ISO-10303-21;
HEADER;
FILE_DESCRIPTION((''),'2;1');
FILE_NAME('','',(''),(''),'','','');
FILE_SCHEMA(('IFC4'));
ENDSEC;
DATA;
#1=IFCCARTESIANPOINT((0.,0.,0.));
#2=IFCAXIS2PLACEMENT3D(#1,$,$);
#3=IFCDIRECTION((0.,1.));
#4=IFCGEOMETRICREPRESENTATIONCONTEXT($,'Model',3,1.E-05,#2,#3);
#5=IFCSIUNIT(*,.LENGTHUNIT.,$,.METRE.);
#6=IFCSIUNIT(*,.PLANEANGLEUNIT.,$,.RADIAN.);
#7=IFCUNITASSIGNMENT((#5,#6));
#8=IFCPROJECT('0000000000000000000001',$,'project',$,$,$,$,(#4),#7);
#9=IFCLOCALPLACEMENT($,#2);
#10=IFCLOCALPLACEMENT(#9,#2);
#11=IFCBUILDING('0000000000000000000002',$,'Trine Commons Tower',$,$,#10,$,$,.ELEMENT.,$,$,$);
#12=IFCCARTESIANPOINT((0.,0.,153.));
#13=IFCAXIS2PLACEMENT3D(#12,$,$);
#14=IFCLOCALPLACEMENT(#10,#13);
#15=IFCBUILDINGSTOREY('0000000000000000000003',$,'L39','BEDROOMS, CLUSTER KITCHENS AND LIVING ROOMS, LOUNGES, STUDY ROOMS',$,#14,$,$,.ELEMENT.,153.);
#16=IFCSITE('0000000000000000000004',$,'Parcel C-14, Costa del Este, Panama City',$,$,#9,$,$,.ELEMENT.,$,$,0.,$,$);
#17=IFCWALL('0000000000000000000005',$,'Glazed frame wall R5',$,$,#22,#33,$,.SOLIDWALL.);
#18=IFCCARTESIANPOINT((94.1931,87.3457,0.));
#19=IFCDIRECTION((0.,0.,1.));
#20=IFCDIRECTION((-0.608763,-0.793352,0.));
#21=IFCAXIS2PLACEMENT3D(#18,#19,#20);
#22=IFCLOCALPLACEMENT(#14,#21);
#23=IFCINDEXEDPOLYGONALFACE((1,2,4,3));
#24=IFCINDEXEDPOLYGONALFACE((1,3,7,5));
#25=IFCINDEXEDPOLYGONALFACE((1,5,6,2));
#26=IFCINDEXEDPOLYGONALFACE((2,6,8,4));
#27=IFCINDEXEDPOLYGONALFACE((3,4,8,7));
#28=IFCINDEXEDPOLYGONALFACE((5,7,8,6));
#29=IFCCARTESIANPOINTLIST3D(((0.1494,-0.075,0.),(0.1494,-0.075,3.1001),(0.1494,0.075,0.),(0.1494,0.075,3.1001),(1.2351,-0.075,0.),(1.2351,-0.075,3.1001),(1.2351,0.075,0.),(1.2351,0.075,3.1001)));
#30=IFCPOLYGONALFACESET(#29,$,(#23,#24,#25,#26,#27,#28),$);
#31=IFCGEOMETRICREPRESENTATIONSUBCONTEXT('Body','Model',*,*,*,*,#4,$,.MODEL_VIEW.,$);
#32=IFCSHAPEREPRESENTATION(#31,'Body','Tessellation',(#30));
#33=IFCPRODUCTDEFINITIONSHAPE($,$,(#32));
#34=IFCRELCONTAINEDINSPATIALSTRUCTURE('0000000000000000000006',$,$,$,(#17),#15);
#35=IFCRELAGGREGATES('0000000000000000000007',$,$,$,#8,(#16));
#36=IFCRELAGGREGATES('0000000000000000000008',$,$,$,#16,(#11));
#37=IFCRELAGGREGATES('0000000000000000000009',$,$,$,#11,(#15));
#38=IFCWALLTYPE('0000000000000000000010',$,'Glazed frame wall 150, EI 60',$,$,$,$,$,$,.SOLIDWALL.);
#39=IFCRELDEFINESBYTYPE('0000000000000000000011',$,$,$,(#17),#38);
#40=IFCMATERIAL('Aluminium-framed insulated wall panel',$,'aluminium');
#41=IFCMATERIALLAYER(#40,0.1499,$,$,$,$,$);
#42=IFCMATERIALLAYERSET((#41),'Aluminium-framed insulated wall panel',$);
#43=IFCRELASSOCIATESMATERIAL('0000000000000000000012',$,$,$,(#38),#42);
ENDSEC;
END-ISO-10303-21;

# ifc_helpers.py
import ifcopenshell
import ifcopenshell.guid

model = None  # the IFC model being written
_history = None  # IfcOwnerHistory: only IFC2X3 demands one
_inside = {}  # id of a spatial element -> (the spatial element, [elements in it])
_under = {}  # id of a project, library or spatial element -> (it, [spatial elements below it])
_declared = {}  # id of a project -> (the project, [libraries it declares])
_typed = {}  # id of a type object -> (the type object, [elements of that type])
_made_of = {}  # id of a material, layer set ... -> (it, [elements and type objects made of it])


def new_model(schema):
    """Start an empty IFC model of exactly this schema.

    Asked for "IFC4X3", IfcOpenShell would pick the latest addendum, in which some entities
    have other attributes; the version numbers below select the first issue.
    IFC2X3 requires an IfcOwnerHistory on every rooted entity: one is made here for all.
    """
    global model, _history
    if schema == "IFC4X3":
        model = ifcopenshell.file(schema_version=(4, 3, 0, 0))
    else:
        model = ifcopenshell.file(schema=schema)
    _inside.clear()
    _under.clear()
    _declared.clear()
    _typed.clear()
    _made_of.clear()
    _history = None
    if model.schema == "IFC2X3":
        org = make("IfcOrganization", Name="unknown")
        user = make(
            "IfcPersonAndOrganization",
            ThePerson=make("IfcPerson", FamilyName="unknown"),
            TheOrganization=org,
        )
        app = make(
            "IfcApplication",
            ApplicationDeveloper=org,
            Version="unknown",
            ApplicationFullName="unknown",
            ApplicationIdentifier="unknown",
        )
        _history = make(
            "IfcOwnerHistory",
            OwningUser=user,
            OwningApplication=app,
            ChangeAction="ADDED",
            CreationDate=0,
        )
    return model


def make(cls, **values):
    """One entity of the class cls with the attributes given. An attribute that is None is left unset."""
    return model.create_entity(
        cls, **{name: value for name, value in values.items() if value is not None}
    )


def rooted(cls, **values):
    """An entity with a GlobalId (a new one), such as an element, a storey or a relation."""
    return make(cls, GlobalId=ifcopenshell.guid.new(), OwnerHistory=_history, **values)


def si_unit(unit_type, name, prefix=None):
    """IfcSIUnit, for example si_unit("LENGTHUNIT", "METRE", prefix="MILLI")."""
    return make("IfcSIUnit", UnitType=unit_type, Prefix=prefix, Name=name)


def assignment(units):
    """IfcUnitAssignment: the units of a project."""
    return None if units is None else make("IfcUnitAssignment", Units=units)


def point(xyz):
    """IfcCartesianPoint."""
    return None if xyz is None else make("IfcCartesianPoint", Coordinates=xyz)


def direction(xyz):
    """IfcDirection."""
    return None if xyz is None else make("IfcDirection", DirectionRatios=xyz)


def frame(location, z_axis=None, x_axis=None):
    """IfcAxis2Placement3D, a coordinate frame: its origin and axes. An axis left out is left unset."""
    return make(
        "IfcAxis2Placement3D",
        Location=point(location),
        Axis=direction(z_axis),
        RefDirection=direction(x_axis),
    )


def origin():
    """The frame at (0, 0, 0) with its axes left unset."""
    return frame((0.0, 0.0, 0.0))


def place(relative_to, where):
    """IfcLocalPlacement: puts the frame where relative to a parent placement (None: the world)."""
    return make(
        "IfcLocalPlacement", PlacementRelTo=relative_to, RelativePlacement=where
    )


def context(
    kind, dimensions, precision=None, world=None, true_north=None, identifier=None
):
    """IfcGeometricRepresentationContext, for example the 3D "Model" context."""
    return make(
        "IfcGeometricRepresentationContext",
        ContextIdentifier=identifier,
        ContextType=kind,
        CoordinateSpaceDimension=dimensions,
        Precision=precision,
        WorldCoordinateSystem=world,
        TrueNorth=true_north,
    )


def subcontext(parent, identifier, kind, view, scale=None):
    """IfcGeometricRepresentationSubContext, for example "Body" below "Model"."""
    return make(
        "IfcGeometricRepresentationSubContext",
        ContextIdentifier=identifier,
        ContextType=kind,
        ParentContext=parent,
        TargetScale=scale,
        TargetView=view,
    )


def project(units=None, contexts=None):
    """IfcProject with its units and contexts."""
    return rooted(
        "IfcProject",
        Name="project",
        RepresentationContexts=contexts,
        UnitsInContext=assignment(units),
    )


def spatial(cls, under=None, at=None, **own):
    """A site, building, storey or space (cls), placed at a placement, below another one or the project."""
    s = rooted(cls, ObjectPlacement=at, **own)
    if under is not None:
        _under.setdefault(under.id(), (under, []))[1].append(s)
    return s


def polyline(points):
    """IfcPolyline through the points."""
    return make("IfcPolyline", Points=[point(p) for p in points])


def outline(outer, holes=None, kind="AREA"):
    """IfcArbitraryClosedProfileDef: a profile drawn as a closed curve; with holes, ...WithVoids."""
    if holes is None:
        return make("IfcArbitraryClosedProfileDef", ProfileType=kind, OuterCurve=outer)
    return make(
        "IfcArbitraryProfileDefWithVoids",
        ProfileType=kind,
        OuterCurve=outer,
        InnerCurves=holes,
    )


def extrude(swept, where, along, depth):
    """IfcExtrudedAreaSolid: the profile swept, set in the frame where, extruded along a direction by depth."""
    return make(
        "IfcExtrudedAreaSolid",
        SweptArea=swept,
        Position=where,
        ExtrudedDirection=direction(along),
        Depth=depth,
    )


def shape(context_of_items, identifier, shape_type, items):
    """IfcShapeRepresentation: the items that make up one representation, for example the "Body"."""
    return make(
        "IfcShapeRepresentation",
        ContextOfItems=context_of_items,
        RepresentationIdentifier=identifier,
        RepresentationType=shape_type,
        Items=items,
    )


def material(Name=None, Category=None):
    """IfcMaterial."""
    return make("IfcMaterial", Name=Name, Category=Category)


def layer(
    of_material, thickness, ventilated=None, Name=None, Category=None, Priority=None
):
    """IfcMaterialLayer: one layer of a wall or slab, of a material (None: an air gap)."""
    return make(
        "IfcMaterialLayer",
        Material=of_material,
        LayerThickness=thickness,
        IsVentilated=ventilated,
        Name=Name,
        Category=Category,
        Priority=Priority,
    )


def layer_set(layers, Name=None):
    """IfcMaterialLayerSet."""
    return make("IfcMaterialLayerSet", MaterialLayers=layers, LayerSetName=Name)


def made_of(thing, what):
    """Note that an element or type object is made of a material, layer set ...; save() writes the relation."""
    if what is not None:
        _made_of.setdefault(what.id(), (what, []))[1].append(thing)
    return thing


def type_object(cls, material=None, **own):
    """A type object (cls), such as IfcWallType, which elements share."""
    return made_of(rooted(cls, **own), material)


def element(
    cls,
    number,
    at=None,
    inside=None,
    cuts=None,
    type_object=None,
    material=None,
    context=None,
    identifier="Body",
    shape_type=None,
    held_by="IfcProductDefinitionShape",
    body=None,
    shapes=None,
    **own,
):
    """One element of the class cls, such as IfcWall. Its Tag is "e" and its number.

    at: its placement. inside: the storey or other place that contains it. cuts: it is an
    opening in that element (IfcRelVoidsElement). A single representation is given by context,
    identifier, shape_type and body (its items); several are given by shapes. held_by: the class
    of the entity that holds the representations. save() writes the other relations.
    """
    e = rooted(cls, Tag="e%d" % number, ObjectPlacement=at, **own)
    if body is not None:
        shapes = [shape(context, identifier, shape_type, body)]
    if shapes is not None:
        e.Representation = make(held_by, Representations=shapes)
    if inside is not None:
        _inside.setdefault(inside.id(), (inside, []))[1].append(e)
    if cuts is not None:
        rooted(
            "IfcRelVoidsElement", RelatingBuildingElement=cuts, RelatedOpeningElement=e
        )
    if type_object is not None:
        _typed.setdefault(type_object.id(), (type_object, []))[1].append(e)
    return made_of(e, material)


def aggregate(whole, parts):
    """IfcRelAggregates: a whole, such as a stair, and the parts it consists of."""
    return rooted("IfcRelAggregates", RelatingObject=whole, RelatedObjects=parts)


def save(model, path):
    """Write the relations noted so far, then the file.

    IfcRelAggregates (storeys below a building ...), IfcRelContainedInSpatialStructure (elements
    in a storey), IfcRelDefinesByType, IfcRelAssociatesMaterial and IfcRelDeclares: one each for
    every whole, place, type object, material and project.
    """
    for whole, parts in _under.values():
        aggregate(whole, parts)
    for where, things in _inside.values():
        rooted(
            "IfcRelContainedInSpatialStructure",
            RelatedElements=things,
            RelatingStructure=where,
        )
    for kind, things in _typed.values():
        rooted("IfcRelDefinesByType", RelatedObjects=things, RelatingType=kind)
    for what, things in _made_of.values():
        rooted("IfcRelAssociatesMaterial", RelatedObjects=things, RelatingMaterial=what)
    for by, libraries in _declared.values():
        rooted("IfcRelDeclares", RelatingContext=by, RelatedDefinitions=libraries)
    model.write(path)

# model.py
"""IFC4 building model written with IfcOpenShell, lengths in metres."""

from ifc_helpers import new_model, si_unit, direction, frame, origin, place, context, subcontext, project, spatial, polyline, outline, extrude, material, layer, layer_set, type_object, element, save


model = new_model("IFC4")

# Units and contexts
model_context = context("Model", 3, precision=1e-05, world=origin(), true_north=direction((0.0, 1.0)))
body_context = subcontext(model_context, "Body", "Model", "MODEL_VIEW")
ifc_project = project(units=[si_unit("LENGTHUNIT", "METRE"), si_unit("PLANEANGLEUNIT", "RADIAN")], contexts=[model_context])

# Site, building, storey
site_placement = place(None, origin())
site = spatial("IfcSite", under=ifc_project, at=site_placement, Name="Parcel C-14, Costa del Este, Panama City", CompositionType="ELEMENT", RefElevation=0.0)
building_placement = place(site_placement, origin())
building = spatial("IfcBuilding", under=site, at=building_placement, Name="Trine Commons Tower", CompositionType="ELEMENT")
storey_placement = place(building_placement, frame((0.0, 0.0, 153.0)))
storey = spatial("IfcBuildingStorey", under=building, at=storey_placement, Name="L39", Description="BEDROOMS, CLUSTER KITCHENS AND LIVING ROOMS, LOUNGES, STUDY ROOMS", CompositionType="ELEMENT", Elevation=153.0)

# Wall
ifc_material_1 = material(Name="Aluminium-framed insulated wall panel", Category="aluminium")
ifc_layer_1 = layer(ifc_material_1, 0.1499)
ifc_layer_set_1 = layer_set([ifc_layer_1], Name="Aluminium-framed insulated wall panel")
wall_type_1 = type_object("IfcWallType", Name="Glazed frame wall 150, EI 60", PredefinedType="SOLIDWALL", material=ifc_layer_set_1)
wall_1_placement = place(storey_placement, frame((94.1931, 87.3457, 0.0), z_axis=(0.0, 0.0, 1.0), x_axis=(-0.608763, -0.793352, 0.0)))
element("IfcWall", 1, at=wall_1_placement, inside=storey, type_object=wall_type_1, Name="Glazed frame wall R5", PredefinedType="SOLIDWALL", context=body_context, shape_type="SweptSolid", body=[
    extrude(outline(polyline([(0.1494, 0.075), (0.1494, -0.075), (1.2351, -0.075), (1.2351, 0.075), (0.1494, 0.075)])), origin(), (0.0, 0.0, 1.0), 3.1001),
])

save(model, "model.ifc")
